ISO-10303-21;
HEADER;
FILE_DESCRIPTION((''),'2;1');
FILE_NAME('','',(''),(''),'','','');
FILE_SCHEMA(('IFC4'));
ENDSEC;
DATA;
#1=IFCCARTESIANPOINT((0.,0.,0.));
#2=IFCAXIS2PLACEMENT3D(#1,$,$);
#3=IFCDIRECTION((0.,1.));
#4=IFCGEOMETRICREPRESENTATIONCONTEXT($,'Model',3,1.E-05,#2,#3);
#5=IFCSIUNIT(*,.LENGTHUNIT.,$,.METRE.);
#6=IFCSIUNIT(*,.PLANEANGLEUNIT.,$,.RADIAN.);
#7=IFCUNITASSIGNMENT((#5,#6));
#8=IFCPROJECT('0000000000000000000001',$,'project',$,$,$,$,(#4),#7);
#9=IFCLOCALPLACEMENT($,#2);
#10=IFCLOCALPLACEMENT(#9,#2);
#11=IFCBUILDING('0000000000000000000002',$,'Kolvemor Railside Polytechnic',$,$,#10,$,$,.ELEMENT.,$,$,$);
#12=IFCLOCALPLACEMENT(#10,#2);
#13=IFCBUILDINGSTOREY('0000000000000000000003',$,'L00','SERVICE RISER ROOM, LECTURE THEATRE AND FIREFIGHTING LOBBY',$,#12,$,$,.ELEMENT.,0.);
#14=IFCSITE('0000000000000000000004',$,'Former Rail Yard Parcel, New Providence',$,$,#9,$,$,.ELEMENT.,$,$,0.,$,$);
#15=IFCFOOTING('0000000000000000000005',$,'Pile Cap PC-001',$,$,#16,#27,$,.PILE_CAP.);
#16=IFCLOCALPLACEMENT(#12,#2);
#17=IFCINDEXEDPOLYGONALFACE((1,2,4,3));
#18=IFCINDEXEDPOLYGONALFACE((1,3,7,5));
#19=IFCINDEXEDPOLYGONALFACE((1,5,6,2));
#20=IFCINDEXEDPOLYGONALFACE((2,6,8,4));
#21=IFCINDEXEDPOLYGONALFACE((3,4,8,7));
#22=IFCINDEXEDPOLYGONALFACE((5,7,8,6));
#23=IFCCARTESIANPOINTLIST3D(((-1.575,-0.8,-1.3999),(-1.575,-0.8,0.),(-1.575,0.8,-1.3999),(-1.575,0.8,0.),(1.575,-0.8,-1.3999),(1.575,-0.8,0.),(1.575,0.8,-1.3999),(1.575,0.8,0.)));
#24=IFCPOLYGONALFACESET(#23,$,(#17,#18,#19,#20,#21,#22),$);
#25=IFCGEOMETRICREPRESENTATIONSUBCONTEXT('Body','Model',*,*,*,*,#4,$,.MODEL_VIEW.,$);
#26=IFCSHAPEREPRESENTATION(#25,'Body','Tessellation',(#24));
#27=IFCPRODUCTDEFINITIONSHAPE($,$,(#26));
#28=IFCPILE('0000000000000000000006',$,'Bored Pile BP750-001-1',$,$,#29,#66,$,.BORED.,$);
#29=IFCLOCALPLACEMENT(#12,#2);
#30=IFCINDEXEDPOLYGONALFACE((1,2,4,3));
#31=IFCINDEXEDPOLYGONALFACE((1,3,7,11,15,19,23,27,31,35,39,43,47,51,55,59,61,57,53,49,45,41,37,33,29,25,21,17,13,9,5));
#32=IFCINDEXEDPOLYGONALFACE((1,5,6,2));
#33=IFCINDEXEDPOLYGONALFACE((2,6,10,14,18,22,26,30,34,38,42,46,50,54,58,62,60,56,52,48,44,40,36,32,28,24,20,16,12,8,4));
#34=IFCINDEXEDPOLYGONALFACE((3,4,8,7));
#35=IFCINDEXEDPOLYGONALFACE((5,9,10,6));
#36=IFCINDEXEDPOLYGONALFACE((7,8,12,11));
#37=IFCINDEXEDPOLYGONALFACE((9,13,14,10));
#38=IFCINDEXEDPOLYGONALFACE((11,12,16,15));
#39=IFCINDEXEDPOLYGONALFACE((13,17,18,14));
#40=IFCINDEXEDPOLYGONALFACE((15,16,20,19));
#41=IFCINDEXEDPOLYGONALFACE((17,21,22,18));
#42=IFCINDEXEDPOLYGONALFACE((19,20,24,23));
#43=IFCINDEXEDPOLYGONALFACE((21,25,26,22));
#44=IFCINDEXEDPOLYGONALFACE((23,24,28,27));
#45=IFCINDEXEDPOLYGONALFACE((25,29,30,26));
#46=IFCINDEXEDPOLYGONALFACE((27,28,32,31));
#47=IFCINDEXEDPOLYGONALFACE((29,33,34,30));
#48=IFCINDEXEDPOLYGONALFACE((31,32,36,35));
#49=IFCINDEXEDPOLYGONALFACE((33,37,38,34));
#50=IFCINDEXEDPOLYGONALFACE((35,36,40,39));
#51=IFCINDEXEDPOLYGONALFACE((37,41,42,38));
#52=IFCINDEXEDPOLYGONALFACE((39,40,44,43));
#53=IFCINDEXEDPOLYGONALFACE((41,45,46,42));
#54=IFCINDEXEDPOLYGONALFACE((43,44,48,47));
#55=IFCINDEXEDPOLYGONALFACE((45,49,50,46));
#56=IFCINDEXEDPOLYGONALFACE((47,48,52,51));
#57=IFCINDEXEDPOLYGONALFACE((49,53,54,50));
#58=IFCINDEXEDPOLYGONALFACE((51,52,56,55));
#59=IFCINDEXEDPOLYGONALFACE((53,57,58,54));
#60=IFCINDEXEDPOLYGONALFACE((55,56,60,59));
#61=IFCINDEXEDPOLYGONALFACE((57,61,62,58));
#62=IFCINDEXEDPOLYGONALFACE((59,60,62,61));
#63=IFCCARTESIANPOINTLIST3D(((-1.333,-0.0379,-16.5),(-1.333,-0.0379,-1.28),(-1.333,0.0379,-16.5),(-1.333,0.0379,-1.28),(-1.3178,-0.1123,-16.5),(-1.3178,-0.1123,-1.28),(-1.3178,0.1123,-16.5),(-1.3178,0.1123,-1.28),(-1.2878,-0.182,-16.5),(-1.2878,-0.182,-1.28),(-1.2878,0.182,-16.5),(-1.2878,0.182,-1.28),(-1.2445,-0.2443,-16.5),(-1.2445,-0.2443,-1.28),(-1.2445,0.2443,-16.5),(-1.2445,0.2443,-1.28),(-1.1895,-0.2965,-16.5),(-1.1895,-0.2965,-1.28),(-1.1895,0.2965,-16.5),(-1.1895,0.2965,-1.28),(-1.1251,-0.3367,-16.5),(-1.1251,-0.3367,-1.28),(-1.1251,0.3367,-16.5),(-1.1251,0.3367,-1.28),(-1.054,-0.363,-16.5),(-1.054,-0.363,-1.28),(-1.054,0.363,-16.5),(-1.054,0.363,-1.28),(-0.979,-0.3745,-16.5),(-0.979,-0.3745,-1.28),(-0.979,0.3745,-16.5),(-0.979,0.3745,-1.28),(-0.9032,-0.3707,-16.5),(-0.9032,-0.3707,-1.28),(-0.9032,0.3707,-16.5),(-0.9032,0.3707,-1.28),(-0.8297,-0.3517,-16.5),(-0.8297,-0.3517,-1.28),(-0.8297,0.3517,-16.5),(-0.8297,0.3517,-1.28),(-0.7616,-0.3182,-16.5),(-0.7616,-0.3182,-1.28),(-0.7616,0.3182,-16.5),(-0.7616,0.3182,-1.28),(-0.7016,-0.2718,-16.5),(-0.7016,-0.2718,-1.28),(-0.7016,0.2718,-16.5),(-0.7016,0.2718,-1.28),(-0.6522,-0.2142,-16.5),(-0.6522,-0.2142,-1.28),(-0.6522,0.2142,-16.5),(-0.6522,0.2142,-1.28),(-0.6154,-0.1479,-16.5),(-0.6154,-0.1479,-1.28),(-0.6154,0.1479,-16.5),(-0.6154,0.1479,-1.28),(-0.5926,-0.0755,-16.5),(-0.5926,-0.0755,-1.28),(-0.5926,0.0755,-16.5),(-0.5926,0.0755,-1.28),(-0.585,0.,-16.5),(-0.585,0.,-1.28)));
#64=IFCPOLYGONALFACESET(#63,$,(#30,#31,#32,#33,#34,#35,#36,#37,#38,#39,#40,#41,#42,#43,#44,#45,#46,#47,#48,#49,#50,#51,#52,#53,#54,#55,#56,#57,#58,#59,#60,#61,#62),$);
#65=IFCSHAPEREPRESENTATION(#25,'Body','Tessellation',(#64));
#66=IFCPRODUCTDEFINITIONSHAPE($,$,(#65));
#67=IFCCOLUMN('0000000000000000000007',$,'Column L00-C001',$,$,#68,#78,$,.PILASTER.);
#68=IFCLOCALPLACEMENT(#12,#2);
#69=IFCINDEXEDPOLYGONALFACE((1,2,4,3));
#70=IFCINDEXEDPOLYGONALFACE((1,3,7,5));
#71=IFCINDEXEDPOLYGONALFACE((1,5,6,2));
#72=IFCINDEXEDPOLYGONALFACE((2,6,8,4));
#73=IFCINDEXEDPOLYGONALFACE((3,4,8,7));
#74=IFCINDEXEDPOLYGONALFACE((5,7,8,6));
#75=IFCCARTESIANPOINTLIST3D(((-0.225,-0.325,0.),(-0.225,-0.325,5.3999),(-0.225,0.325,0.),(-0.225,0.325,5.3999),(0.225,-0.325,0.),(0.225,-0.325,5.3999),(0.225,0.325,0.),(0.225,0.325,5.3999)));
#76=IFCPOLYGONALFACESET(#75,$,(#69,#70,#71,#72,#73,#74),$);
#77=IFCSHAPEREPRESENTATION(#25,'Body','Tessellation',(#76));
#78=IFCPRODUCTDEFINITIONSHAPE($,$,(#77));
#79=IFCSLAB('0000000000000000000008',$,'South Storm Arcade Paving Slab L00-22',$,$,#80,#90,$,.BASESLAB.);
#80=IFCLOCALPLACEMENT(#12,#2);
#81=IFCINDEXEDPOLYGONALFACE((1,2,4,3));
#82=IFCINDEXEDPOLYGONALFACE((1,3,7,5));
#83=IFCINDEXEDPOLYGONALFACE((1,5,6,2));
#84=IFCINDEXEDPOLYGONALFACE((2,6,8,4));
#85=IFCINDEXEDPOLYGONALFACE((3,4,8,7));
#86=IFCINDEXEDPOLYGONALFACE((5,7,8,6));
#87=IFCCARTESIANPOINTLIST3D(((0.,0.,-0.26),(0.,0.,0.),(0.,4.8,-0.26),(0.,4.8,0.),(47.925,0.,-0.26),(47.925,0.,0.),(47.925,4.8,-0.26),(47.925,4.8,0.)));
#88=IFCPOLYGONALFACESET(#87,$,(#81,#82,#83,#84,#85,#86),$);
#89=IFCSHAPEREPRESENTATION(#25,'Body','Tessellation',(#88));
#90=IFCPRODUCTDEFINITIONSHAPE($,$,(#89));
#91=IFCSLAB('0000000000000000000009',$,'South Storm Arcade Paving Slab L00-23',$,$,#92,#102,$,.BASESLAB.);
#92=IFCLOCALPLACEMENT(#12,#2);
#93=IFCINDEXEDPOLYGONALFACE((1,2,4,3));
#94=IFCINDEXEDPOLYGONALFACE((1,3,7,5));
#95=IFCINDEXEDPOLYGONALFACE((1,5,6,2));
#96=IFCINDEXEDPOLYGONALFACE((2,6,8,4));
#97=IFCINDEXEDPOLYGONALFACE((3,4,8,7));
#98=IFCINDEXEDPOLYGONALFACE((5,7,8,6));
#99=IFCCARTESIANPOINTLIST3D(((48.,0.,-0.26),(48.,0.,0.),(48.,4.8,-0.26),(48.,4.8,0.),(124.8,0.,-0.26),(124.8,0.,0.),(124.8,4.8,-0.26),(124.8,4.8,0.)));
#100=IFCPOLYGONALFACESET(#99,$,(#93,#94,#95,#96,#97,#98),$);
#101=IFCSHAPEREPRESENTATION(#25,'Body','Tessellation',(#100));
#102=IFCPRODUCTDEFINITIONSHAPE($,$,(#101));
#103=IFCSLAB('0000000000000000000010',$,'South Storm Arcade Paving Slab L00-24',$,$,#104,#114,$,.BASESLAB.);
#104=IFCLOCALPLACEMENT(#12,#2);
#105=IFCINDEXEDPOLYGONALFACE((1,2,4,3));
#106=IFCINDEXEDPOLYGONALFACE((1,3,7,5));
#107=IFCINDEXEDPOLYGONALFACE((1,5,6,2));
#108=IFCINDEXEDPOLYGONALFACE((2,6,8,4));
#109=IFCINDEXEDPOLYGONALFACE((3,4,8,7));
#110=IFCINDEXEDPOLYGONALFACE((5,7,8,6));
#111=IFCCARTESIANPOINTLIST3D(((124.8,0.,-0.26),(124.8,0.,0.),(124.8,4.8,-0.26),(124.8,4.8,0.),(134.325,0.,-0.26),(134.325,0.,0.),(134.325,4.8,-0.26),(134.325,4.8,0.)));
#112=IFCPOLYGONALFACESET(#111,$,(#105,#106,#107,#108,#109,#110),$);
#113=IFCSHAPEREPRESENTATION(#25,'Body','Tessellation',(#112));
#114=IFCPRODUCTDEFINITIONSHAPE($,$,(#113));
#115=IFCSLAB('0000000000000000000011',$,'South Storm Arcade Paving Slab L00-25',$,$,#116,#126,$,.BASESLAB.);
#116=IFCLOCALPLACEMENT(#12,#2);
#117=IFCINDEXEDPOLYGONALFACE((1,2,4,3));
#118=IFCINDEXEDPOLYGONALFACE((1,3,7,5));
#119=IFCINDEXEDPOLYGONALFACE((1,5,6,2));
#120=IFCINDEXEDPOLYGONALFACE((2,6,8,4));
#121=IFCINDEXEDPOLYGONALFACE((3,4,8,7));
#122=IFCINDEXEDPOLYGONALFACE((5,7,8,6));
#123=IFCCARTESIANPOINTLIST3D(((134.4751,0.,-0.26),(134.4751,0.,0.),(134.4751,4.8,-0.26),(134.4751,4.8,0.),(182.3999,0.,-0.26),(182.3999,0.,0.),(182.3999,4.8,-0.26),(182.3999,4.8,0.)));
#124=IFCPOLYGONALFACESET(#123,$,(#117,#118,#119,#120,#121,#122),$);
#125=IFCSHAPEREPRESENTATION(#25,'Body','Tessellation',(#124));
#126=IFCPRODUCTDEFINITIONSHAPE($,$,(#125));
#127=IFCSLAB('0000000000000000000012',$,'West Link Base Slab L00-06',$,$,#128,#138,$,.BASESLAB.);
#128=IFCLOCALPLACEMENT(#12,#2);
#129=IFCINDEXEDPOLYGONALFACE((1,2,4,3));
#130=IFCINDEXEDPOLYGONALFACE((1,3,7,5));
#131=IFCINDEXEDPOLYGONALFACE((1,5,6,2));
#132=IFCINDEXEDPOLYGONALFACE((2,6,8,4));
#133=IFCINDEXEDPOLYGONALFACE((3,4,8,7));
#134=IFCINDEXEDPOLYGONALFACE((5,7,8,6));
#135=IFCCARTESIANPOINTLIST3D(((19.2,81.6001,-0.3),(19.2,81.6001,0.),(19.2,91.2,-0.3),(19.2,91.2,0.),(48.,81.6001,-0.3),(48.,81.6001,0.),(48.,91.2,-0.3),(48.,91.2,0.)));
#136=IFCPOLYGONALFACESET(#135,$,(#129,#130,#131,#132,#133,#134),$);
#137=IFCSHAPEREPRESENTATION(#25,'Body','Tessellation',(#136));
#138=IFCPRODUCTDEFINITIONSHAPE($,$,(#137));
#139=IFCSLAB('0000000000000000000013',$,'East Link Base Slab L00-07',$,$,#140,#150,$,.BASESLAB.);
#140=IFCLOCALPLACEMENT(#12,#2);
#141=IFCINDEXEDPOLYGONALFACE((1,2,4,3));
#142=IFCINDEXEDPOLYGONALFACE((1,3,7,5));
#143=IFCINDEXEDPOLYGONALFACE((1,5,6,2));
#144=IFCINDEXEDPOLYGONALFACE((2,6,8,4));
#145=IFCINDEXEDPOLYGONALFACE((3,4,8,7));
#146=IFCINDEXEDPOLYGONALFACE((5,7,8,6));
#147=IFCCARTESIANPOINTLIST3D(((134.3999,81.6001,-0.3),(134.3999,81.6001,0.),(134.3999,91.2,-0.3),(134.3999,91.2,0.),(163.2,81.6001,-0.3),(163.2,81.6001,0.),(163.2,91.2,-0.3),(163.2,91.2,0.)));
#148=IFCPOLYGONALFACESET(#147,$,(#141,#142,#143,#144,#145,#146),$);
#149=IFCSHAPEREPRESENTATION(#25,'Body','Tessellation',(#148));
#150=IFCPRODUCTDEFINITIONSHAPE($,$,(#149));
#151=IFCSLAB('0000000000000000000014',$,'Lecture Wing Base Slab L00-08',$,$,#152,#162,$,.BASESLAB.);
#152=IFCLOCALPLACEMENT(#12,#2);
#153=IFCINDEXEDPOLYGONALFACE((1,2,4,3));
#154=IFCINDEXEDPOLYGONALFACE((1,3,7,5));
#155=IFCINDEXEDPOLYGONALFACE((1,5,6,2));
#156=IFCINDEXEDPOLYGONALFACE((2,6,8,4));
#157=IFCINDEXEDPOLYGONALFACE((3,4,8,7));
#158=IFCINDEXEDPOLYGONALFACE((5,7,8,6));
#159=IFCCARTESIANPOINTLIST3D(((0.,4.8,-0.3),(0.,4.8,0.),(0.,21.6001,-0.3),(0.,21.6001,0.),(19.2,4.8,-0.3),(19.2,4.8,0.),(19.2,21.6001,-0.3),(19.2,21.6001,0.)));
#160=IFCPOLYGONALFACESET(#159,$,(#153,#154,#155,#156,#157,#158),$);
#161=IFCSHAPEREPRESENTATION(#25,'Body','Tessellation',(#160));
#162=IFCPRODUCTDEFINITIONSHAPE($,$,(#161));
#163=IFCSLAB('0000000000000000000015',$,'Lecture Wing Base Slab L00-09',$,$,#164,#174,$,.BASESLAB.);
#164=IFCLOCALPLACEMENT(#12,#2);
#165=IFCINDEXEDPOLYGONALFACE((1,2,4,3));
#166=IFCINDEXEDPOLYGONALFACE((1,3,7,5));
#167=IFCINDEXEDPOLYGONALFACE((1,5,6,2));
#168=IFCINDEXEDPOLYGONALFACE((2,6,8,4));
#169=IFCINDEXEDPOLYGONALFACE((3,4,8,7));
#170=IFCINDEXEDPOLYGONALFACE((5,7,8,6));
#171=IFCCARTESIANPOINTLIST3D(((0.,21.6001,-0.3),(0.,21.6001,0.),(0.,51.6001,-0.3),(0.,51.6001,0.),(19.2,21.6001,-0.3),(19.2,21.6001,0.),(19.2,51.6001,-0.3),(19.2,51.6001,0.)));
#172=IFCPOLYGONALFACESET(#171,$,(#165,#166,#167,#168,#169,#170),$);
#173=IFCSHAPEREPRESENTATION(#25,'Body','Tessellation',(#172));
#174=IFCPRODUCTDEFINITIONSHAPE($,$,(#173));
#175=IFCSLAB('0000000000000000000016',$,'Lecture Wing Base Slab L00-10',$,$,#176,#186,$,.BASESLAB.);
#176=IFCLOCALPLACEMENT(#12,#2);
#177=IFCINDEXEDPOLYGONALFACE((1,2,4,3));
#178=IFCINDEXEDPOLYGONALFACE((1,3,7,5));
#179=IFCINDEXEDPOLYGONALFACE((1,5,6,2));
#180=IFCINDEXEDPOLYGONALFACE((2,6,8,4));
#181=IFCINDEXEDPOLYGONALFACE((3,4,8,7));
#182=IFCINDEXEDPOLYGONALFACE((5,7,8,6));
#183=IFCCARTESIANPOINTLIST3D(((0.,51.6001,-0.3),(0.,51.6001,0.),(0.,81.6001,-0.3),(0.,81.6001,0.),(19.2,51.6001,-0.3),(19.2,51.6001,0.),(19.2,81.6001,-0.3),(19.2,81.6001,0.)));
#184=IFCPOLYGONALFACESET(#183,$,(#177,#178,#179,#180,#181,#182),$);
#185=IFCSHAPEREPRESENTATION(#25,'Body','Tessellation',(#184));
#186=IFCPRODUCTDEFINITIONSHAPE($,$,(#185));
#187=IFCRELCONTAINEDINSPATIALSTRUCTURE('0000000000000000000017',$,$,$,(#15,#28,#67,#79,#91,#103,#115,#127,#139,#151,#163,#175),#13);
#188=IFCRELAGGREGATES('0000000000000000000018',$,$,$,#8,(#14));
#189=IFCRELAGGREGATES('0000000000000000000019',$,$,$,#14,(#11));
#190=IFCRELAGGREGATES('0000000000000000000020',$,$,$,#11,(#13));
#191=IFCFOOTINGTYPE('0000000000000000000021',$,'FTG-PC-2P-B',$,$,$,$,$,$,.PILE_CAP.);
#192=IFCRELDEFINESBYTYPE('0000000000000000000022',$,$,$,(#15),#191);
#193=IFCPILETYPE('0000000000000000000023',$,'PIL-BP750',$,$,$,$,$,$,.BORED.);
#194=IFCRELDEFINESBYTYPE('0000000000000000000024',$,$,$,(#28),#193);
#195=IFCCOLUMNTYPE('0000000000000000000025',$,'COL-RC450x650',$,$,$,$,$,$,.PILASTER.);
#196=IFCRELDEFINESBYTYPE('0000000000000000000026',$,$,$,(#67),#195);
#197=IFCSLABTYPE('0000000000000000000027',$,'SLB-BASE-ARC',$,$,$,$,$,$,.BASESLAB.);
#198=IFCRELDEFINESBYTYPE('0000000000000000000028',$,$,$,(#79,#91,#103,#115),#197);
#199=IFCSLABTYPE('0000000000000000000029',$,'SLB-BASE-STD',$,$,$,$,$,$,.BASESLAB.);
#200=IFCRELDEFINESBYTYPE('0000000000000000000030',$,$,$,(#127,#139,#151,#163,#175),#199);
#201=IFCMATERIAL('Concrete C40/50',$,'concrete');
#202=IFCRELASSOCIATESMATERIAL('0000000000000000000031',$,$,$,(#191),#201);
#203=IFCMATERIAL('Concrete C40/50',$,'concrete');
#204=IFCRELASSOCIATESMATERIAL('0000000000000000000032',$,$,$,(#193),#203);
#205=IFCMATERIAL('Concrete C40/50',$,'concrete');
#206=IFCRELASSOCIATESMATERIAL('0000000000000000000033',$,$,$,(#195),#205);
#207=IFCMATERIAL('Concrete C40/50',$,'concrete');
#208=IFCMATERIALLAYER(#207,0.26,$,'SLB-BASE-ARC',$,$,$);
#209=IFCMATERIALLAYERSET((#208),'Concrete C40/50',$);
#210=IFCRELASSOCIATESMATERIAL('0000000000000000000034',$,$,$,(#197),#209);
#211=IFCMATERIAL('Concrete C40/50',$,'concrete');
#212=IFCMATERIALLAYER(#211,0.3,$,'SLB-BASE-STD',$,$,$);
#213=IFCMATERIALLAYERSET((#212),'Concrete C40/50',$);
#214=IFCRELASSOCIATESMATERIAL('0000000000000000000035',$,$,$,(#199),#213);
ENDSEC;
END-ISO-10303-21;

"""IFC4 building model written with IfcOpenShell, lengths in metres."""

from ifc_helpers import new_model, si_unit, direction, frame, origin, origin_with_axes, origin_2d, place, context, subcontext, project, spatial, polyline, rectangle, circle, outline, extrude, material, layer, layer_set, material_profile, profile_set, type_object, element, save


model = new_model("IFC4")

# Units and contexts
model_context = context("Model", 3, precision=1e-05, world=origin(), true_north=direction((0.0, 1.0)))
body_context = subcontext(model_context, "Body", "Model", "MODEL_VIEW")
ifc_project = project(units=[si_unit("LENGTHUNIT", "METRE"), si_unit("PLANEANGLEUNIT", "RADIAN")], contexts=[model_context])

# Site, building, storey
site_placement = place(None, origin())
site = spatial("IfcSite", under=ifc_project, at=site_placement, Name="Former Rail Yard Parcel, New Providence", CompositionType="ELEMENT", RefElevation=0.0)
building_placement = place(site_placement, origin())
building = spatial("IfcBuilding", under=site, at=building_placement, Name="Kolvemor Railside Polytechnic", CompositionType="ELEMENT")
storey_placement = place(building_placement, origin())
storey = spatial("IfcBuildingStorey", under=building, at=storey_placement, Name="L00", Description="SERVICE RISER ROOM, LECTURE THEATRE AND FIREFIGHTING LOBBY", CompositionType="ELEMENT", Elevation=0.0)

# Footing
ifc_material_1 = material(Name="Concrete C40/50", Category="concrete")
footing_type = type_object("IfcFootingType", Name="FTG-PC-2P-B", PredefinedType="PILE_CAP", material=ifc_material_1)
footing_placement = place(storey_placement, frame((0.0, 0.0, -1.3999), z_axis=(0.0, 0.0, 1.0), x_axis=(1.0, 0.0, 0.0)))
element("IfcFooting", 1, at=footing_placement, inside=storey, type_object=footing_type, Name="Pile Cap PC-001", PredefinedType="PILE_CAP", context=body_context, shape_type="SweptSolid", body=[
    extrude(rectangle(XDim=3.1499, YDim=1.6001, at=origin_2d()), origin(), (0.0, 0.0, 1.0), 1.3999),
])

# Pile
ifc_material_2 = material(Name="Concrete C40/50", Category="concrete")
ifc_material_profile_1 = material_profile(ifc_material_2, circle(Radius=0.375, at=origin_2d()), Name="BP750")
ifc_profile_set_1 = profile_set([ifc_material_profile_1], Name="Concrete C40/50")
pile_type = type_object("IfcPileType", Name="PIL-BP750", PredefinedType="BORED", material=ifc_profile_set_1)
pile_placement = place(storey_placement, frame((-0.96, 0.0, -1.28), z_axis=(0.0, 0.0, -1.0), x_axis=(1.0, 0.0, 0.0)))
element("IfcPile", 2, at=pile_placement, inside=storey, type_object=pile_type, Name="Bored Pile BP750-001-1", PredefinedType="BORED", context=body_context, shape_type="SweptSolid", body=[
    extrude(circle(Radius=0.375, at=origin_2d()), origin(), (0.0, 0.0, 1.0), 15.22),
])

# Column
ifc_material_3 = material(Name="Concrete C40/50", Category="concrete")
ifc_material_profile_2 = material_profile(ifc_material_3, rectangle(XDim=0.45, YDim=0.6499, at=origin_2d()), Name="RC450x650")
ifc_profile_set_2 = profile_set([ifc_material_profile_2], Name="Concrete C40/50")
column_type = type_object("IfcColumnType", Name="COL-RC450x650", PredefinedType="PILASTER", material=ifc_profile_set_2)
column_placement = place(storey_placement, origin_with_axes())
element("IfcColumn", 3, at=column_placement, inside=storey, type_object=column_type, Name="Column L00-C001", PredefinedType="PILASTER", context=body_context, shape_type="SweptSolid", body=[
    extrude(rectangle(XDim=0.45, YDim=0.6499, at=origin_2d()), origin(), (0.0, 0.0, 1.0), 5.3999),
])

# Slabs
ifc_material_4 = material(Name="Concrete C40/50", Category="concrete")
ifc_layer_1 = layer(ifc_material_4, 0.26, Name="SLB-BASE-ARC")
ifc_layer_set_1 = layer_set([ifc_layer_1], Name="Concrete C40/50")
slab_type_1 = type_object("IfcSlabType", Name="SLB-BASE-ARC", PredefinedType="BASESLAB", material=ifc_layer_set_1)
slab_1_placement = place(storey_placement, frame((0.0, 0.0, -0.26)))
element("IfcSlab", 4, at=slab_1_placement, inside=storey, type_object=slab_type_1, Name="South Storm Arcade Paving Slab L00-22", PredefinedType="BASESLAB", context=body_context, shape_type="SweptSolid", body=[
    extrude(outline(polyline([(0.0, 0.0), (47.925, 0.0), (47.925, 4.8), (0.0, 4.8), (0.0, 0.0)])), origin(), (0.0, 0.0, 1.0), 0.26),
])
slab_2_placement = place(storey_placement, frame((0.0, 0.0, -0.26)))
element("IfcSlab", 5, at=slab_2_placement, inside=storey, type_object=slab_type_1, Name="South Storm Arcade Paving Slab L00-23", PredefinedType="BASESLAB", context=body_context, shape_type="SweptSolid", body=[
    extrude(outline(polyline([(48.0, 0.0), (124.8, 0.0), (124.8, 4.8), (48.0, 4.8), (48.0, 0.0)])), origin(), (0.0, 0.0, 1.0), 0.26),
])
slab_3_placement = place(storey_placement, frame((0.0, 0.0, -0.26)))
element("IfcSlab", 6, at=slab_3_placement, inside=storey, type_object=slab_type_1, Name="South Storm Arcade Paving Slab L00-24", PredefinedType="BASESLAB", context=body_context, shape_type="SweptSolid", body=[
    extrude(outline(polyline([(124.8, 0.0), (134.325, 0.0), (134.325, 4.8), (124.8, 4.8), (124.8, 0.0)])), origin(), (0.0, 0.0, 1.0), 0.26),
])
slab_4_placement = place(storey_placement, frame((0.0, 0.0, -0.26)))
element("IfcSlab", 7, at=slab_4_placement, inside=storey, type_object=slab_type_1, Name="South Storm Arcade Paving Slab L00-25", PredefinedType="BASESLAB", context=body_context, shape_type="SweptSolid", body=[
    extrude(outline(polyline([(134.4751, 0.0), (182.3999, 0.0), (182.3999, 4.8), (134.4751, 4.8), (134.4751, 0.0)])), origin(), (0.0, 0.0, 1.0), 0.26),
])
ifc_material_5 = material(Name="Concrete C40/50", Category="concrete")
ifc_layer_2 = layer(ifc_material_5, 0.3, Name="SLB-BASE-STD")
ifc_layer_set_2 = layer_set([ifc_layer_2], Name="Concrete C40/50")
slab_type_2 = type_object("IfcSlabType", Name="SLB-BASE-STD", PredefinedType="BASESLAB", material=ifc_layer_set_2)
slab_5_placement = place(storey_placement, frame((0.0, 0.0, -0.3)))
element("IfcSlab", 8, at=slab_5_placement, inside=storey, type_object=slab_type_2, Name="West Link Base Slab L00-06", PredefinedType="BASESLAB", context=body_context, shape_type="SweptSolid", body=[
    extrude(outline(polyline([(19.2, 81.6001), (48.0, 81.6001), (48.0, 91.2), (19.2, 91.2), (19.2, 81.6001)])), origin(), (0.0, 0.0, 1.0), 0.3),
])
slab_6_placement = place(storey_placement, frame((0.0, 0.0, -0.3)))
element("IfcSlab", 9, at=slab_6_placement, inside=storey, type_object=slab_type_2, Name="East Link Base Slab L00-07", PredefinedType="BASESLAB", context=body_context, shape_type="SweptSolid", body=[
    extrude(outline(polyline([(134.3999, 81.6001), (163.2, 81.6001), (163.2, 91.2), (134.3999, 91.2), (134.3999, 81.6001)])), origin(), (0.0, 0.0, 1.0), 0.3),
])
slab_7_placement = place(storey_placement, frame((0.0, 0.0, -0.3)))
element("IfcSlab", 10, at=slab_7_placement, inside=storey, type_object=slab_type_2, Name="Lecture Wing Base Slab L00-08", PredefinedType="BASESLAB", context=body_context, shape_type="SweptSolid", body=[
    extrude(outline(polyline([(0.0, 4.8), (19.2, 4.8), (19.2, 21.6001), (0.0, 21.6001), (0.0, 4.8)])), origin(), (0.0, 0.0, 1.0), 0.3),
])
slab_8_placement = place(storey_placement, frame((0.0, 0.0, -0.3)))
element("IfcSlab", 11, at=slab_8_placement, inside=storey, type_object=slab_type_2, Name="Lecture Wing Base Slab L00-09", PredefinedType="BASESLAB", context=body_context, shape_type="SweptSolid", body=[
    extrude(outline(polyline([(0.0, 21.6001), (19.2, 21.6001), (19.2, 51.6001), (0.0, 51.6001), (0.0, 21.6001)])), origin(), (0.0, 0.0, 1.0), 0.3),
])
slab_9_placement = place(storey_placement, frame((0.0, 0.0, -0.3)))
element("IfcSlab", 12, at=slab_9_placement, inside=storey, type_object=slab_type_2, Name="Lecture Wing Base Slab L00-10", PredefinedType="BASESLAB", context=body_context, shape_type="SweptSolid", body=[
    extrude(outline(polyline([(0.0, 51.6001), (19.2, 51.6001), (19.2, 81.6001), (0.0, 81.6001), (0.0, 51.6001)])), origin(), (0.0, 0.0, 1.0), 0.3),
])

save(model, "model.ifc")
